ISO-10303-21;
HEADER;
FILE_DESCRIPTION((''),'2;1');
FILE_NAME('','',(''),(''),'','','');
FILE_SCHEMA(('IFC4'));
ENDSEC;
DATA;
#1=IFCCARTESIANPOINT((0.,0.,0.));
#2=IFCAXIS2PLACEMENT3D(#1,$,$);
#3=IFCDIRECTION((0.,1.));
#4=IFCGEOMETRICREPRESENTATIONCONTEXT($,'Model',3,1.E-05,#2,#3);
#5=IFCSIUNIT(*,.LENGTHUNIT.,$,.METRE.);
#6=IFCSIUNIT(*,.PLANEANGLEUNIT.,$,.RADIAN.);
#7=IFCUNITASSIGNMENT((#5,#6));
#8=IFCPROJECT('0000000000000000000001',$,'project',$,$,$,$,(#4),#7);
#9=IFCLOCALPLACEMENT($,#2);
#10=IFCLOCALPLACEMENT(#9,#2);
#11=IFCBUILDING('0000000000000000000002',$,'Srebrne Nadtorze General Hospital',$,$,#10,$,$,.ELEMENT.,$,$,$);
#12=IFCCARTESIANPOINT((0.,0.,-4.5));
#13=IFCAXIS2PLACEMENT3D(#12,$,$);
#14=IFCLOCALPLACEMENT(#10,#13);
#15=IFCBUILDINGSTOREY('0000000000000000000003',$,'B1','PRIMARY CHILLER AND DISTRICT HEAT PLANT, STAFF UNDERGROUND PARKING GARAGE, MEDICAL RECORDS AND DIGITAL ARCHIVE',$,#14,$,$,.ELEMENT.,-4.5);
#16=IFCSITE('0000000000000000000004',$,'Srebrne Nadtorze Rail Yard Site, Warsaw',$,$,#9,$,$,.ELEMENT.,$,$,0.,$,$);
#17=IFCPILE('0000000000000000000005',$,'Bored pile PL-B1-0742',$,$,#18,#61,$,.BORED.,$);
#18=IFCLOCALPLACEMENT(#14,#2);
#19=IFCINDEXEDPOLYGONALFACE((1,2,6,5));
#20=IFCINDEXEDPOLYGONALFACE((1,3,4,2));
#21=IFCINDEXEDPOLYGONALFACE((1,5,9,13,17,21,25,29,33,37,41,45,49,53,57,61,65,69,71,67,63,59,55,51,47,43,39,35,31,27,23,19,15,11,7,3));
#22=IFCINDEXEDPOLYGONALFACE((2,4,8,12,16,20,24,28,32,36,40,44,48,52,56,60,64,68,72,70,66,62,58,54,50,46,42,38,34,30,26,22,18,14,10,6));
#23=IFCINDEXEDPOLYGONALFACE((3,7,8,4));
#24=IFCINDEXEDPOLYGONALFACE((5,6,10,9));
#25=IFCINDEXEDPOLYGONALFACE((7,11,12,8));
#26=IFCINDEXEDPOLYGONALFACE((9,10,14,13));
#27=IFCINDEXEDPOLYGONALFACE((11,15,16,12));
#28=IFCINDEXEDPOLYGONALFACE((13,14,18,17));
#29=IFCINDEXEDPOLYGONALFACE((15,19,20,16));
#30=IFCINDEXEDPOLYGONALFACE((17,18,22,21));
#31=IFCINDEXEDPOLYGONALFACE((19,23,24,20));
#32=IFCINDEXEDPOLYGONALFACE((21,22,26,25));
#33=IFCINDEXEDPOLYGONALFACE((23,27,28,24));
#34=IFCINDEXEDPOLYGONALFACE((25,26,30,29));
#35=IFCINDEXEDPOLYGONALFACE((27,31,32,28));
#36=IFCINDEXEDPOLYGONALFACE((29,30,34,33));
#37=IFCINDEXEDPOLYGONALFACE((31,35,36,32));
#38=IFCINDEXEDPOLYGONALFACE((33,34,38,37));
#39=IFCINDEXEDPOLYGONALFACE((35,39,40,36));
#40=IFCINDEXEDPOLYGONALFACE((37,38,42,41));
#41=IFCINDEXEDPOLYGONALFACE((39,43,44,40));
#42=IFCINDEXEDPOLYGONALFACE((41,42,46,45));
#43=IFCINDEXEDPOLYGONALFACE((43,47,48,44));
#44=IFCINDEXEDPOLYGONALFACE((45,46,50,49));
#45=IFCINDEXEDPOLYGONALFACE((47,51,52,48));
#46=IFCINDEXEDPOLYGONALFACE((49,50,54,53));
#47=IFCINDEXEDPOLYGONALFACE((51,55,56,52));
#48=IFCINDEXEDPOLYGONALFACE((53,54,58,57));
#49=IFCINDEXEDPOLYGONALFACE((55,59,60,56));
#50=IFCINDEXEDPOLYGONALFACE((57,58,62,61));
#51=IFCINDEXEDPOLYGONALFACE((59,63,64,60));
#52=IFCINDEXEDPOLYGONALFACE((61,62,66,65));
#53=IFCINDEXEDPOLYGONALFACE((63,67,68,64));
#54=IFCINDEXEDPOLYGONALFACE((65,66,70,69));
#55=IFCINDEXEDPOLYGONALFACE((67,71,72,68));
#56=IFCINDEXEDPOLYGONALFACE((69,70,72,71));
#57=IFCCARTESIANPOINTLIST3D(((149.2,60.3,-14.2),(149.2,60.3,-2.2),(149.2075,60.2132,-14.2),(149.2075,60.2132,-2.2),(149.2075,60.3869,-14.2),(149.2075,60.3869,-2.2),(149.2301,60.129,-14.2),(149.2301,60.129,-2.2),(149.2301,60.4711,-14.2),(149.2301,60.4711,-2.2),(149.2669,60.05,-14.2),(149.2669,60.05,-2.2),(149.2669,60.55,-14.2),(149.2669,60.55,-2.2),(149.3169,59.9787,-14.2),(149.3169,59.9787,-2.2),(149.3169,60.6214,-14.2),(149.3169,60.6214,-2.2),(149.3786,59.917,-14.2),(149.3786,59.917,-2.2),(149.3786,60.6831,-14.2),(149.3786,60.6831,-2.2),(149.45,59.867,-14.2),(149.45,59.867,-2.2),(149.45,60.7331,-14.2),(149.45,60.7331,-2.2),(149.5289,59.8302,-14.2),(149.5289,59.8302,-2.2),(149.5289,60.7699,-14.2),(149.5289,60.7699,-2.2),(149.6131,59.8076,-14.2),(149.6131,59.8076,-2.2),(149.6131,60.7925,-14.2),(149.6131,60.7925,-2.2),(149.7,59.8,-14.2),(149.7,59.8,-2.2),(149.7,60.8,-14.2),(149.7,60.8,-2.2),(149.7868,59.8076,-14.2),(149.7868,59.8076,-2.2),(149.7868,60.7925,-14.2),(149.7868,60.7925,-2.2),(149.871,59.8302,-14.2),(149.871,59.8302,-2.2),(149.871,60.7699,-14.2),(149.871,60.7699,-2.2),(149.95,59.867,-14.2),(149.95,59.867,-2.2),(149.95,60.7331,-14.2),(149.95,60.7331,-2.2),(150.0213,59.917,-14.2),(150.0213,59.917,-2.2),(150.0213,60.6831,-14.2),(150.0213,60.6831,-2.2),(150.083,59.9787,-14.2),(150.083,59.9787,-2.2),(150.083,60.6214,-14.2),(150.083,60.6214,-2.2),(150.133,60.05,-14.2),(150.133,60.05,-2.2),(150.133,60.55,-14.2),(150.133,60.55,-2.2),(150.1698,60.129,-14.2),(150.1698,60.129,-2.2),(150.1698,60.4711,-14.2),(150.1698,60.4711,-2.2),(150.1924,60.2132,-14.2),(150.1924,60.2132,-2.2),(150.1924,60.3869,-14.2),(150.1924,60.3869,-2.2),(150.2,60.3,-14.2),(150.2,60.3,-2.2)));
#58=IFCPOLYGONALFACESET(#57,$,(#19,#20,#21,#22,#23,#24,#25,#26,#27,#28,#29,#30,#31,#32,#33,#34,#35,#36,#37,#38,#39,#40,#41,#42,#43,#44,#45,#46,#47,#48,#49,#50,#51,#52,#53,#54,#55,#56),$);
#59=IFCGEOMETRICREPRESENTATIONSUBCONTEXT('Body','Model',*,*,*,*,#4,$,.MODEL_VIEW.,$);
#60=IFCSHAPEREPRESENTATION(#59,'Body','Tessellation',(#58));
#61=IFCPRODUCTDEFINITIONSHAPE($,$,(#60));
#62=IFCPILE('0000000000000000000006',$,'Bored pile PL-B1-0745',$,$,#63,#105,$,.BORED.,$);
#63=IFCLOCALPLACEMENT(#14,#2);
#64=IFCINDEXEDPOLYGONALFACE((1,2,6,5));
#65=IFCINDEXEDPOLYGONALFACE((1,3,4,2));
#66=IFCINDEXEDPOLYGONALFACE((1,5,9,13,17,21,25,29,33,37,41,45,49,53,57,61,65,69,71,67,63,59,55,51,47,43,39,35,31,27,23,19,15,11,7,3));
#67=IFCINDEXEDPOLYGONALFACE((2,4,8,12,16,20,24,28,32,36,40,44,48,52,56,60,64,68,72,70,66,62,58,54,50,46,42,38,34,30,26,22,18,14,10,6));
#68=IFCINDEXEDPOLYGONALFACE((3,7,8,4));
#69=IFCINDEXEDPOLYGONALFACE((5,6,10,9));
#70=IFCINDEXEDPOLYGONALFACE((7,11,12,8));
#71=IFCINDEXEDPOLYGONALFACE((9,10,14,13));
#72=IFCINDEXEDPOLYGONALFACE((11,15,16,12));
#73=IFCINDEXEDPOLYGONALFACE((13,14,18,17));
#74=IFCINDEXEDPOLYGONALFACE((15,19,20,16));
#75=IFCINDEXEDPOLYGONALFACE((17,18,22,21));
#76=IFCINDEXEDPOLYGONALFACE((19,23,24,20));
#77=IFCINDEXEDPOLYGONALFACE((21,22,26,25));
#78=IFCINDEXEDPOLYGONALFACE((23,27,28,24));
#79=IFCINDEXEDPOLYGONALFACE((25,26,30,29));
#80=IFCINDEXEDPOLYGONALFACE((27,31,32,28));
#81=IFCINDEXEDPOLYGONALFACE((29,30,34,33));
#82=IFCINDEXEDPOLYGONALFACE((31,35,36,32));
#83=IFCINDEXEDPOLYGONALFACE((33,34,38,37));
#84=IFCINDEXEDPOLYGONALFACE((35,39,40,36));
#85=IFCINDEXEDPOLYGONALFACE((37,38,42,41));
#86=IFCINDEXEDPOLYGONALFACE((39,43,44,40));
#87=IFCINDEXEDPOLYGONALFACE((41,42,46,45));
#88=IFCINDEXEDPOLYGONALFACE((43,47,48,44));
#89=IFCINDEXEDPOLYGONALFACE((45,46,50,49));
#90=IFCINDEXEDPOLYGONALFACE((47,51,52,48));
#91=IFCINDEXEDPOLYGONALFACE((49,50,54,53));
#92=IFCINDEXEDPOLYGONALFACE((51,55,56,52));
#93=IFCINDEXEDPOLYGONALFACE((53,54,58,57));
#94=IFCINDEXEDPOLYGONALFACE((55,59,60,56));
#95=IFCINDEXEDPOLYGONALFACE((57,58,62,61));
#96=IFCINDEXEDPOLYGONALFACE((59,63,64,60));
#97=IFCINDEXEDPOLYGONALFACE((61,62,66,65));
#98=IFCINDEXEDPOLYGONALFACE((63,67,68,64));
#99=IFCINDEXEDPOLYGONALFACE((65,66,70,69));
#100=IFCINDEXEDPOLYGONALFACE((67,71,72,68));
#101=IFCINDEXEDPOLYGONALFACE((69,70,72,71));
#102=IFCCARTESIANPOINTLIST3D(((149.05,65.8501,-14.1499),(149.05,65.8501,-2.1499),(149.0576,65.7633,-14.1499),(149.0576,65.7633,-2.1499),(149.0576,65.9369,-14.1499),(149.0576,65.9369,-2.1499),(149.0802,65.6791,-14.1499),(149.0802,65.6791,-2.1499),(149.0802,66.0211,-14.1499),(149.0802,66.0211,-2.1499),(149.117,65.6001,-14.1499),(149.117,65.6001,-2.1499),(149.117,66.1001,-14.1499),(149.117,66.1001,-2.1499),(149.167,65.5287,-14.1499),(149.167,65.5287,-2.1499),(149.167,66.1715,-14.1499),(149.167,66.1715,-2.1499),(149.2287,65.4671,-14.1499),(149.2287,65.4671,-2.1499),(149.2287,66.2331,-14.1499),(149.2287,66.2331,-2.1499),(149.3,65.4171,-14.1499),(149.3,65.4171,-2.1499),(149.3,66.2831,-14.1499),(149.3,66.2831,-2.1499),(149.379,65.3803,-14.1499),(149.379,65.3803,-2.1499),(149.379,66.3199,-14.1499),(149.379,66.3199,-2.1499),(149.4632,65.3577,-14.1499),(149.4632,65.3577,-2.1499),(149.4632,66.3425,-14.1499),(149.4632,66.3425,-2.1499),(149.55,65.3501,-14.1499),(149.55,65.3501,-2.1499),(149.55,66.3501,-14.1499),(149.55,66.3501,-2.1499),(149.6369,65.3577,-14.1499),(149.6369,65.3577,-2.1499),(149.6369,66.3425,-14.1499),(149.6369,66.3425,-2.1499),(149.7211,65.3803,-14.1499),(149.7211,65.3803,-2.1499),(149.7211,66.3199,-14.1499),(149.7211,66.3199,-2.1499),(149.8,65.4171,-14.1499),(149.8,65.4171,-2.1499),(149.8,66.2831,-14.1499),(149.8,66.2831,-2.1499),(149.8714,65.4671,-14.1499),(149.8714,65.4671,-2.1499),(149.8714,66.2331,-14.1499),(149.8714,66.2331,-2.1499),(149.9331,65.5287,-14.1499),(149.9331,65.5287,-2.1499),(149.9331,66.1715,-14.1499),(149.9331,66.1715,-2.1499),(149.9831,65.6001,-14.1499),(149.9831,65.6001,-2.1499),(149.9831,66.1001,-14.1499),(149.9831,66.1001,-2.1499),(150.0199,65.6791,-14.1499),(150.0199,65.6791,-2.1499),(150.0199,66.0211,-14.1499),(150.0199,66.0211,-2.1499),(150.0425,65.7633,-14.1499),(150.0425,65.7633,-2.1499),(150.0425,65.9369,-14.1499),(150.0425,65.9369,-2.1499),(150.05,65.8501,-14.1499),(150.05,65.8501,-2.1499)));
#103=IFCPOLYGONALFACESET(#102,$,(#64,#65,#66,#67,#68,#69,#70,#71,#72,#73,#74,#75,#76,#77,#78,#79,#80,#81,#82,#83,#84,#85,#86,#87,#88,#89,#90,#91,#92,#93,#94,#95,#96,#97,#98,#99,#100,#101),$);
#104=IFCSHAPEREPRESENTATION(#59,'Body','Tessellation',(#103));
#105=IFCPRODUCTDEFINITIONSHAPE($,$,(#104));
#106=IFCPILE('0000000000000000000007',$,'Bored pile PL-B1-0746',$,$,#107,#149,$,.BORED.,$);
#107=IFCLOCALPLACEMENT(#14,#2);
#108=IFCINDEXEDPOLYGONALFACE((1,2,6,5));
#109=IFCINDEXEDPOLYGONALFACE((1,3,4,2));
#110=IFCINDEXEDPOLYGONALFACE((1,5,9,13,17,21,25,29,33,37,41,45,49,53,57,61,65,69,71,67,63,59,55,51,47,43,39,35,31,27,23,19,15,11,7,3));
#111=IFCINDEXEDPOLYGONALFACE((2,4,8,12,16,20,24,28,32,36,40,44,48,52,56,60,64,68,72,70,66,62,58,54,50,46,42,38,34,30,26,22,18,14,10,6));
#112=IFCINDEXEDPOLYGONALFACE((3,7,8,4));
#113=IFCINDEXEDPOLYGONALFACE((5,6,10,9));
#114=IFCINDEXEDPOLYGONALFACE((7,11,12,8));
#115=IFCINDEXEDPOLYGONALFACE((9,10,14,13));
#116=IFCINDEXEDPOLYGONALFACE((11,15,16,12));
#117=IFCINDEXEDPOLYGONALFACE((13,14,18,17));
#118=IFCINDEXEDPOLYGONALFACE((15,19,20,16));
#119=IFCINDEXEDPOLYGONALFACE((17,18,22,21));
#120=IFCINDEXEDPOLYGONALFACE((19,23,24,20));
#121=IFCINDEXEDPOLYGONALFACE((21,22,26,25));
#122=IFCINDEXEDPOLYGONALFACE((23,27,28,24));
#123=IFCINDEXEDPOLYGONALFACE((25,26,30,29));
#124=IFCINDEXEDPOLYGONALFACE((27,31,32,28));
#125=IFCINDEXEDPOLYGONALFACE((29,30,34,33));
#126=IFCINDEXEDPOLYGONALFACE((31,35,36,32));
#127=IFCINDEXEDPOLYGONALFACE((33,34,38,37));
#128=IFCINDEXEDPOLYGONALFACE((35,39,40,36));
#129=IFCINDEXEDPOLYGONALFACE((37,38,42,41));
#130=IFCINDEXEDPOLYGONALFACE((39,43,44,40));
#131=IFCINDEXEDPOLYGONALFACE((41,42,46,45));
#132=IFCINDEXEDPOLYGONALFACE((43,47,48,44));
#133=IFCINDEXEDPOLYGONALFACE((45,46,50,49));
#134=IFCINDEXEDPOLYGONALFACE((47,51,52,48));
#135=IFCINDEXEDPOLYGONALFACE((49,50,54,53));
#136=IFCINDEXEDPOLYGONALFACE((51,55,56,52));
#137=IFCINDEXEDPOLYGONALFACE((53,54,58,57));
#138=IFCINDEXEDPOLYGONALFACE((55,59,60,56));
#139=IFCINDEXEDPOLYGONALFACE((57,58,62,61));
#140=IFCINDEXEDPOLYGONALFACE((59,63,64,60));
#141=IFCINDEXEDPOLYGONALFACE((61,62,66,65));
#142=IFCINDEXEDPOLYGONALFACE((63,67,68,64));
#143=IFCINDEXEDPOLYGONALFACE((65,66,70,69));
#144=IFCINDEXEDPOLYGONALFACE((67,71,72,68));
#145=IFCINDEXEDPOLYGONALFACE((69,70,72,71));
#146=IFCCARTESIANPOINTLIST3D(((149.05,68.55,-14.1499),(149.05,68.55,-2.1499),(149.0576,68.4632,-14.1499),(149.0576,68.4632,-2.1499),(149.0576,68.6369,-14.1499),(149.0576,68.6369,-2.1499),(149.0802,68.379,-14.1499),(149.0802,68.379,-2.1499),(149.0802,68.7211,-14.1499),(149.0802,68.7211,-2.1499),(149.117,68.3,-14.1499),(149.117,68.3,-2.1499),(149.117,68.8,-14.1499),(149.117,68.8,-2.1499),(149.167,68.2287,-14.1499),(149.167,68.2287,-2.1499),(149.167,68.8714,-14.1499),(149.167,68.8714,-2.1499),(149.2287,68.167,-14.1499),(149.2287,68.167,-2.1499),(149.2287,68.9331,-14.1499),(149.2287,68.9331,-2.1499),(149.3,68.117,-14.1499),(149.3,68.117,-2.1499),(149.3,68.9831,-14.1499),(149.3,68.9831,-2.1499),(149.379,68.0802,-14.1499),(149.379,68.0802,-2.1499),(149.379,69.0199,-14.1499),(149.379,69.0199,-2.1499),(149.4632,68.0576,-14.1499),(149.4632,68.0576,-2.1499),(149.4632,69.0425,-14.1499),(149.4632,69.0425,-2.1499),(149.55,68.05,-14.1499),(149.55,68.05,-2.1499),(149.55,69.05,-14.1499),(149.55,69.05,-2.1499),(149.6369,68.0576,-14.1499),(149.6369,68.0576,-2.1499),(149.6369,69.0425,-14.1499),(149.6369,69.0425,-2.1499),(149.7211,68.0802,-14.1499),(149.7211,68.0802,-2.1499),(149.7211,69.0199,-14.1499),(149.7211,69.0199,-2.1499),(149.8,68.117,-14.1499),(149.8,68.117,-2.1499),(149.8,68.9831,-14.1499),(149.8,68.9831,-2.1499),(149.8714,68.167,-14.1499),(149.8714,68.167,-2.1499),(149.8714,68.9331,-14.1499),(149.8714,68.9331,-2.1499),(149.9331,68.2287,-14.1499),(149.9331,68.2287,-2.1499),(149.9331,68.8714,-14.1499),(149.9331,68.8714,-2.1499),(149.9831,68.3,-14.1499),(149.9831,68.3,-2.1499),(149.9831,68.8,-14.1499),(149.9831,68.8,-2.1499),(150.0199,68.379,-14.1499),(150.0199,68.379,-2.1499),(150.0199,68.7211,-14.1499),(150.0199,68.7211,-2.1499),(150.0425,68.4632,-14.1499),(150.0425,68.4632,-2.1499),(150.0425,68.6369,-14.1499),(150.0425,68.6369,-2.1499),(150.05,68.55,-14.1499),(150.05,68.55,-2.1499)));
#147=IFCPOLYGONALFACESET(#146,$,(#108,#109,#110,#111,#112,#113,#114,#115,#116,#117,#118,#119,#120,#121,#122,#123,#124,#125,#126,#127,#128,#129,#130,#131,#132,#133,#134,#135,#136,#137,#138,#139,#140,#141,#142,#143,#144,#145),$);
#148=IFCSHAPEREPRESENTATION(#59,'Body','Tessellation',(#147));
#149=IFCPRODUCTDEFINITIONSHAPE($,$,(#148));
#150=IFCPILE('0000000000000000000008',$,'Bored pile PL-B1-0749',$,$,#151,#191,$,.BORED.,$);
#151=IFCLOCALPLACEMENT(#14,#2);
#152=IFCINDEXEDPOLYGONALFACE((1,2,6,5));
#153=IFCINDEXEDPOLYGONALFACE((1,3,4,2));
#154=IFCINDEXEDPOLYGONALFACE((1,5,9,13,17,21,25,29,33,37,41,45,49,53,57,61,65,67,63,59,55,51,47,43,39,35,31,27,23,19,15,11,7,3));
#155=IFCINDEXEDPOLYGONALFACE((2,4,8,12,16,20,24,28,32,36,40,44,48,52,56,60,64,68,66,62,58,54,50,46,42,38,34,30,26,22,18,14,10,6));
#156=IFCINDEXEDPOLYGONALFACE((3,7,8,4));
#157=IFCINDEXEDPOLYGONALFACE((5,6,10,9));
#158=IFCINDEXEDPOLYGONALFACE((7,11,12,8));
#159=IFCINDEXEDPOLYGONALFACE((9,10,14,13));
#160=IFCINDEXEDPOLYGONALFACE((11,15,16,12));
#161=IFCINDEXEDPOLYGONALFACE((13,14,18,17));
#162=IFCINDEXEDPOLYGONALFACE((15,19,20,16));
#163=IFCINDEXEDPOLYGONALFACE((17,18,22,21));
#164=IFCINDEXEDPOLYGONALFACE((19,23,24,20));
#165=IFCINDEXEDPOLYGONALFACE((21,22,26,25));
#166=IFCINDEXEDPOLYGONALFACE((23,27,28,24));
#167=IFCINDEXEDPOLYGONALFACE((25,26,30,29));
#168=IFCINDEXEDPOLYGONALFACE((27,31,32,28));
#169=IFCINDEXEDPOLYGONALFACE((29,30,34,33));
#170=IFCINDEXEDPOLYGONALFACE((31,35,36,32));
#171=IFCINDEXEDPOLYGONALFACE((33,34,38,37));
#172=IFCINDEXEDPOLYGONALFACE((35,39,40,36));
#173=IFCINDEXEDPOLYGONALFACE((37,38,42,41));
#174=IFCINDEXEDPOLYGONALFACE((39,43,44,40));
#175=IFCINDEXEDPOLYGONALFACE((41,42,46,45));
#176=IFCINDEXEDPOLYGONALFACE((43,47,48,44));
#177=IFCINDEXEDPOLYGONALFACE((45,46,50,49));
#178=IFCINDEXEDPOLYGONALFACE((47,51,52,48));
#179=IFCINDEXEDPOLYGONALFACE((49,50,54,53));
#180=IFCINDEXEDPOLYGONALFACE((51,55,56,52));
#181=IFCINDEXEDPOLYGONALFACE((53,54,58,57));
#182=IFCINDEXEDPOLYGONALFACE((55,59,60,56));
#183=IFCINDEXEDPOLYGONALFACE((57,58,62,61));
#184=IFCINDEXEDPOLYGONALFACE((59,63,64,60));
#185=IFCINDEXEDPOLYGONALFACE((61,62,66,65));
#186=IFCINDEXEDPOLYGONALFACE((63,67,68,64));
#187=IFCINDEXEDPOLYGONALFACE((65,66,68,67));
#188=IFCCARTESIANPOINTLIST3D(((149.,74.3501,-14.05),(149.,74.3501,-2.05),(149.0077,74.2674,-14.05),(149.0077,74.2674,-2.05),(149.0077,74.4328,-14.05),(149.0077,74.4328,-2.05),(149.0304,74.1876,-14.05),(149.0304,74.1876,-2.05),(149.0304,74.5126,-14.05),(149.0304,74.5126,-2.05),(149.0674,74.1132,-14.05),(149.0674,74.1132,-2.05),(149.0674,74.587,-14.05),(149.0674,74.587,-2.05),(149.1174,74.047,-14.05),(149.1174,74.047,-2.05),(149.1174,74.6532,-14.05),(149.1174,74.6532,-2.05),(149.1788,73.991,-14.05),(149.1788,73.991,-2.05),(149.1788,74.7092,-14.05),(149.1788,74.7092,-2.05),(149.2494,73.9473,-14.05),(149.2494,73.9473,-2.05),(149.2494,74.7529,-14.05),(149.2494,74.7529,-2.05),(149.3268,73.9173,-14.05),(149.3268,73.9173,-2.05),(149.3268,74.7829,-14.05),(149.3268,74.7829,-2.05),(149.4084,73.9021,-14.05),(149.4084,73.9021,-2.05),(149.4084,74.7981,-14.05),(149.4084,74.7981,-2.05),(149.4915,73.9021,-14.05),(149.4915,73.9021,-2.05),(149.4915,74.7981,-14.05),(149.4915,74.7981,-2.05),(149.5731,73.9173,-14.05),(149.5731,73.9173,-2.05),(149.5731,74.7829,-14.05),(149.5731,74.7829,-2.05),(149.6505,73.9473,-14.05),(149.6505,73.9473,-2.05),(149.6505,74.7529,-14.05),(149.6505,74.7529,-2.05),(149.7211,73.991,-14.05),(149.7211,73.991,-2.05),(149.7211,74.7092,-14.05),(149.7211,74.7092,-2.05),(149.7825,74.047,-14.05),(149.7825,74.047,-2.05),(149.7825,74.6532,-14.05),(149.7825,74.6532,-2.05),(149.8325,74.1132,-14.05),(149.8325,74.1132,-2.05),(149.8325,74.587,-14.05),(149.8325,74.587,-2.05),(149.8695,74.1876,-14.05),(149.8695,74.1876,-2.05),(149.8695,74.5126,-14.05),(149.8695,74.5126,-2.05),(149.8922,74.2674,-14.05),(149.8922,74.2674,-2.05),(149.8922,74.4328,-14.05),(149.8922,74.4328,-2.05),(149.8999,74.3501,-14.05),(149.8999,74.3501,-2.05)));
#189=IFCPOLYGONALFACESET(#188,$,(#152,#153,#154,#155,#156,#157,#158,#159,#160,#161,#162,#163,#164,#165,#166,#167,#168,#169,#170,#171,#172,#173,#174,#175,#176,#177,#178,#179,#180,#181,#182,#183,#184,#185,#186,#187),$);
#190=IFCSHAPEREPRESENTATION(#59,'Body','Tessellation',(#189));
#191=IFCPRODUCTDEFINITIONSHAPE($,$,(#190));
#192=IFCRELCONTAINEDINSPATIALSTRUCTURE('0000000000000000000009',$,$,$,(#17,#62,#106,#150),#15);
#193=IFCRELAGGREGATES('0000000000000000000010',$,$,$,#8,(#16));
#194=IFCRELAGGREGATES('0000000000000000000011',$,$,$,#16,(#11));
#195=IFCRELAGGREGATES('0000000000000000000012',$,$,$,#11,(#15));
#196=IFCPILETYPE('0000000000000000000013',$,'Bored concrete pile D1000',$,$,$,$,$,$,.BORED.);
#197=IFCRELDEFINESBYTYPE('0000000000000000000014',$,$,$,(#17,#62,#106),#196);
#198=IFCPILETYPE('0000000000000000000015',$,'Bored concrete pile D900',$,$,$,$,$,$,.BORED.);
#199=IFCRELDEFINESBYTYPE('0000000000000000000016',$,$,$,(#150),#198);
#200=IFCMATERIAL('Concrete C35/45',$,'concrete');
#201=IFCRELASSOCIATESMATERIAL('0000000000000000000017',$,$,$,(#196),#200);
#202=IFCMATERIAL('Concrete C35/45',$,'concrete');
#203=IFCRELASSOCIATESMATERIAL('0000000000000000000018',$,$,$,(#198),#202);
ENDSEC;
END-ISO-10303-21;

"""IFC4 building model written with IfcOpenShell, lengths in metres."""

from ifc_helpers import new_model, si_unit, direction, frame, origin, origin_2d, place, context, subcontext, project, spatial, circle, extrude, material, material_profile, profile_set, type_object, element, save


model = new_model("IFC4")

# Units and contexts
model_context = context("Model", 3, precision=1e-05, world=origin(), true_north=direction((0.0, 1.0)))
body_context = subcontext(model_context, "Body", "Model", "MODEL_VIEW")
ifc_project = project(units=[si_unit("LENGTHUNIT", "METRE"), si_unit("PLANEANGLEUNIT", "RADIAN")], contexts=[model_context])

# Site, building, storey
site_placement = place(None, origin())
site = spatial("IfcSite", under=ifc_project, at=site_placement, Name="Srebrne Nadtorze Rail Yard Site, Warsaw", CompositionType="ELEMENT", RefElevation=0.0)
building_placement = place(site_placement, origin())
building = spatial("IfcBuilding", under=site, at=building_placement, Name="Srebrne Nadtorze General Hospital", CompositionType="ELEMENT")
storey_placement = place(building_placement, frame((0.0, 0.0, -4.5)))
storey = spatial("IfcBuildingStorey", under=building, at=storey_placement, Name="B1", Description="PRIMARY CHILLER AND DISTRICT HEAT PLANT, STAFF UNDERGROUND PARKING GARAGE, MEDICAL RECORDS AND DIGITAL ARCHIVE", CompositionType="ELEMENT", Elevation=-4.5)

# Piles
ifc_material_1 = material(Name="Concrete C35/45", Category="concrete")
ifc_material_profile_1 = material_profile(ifc_material_1, circle(Radius=0.5, at=origin_2d()), Name="PILE-D1000")
ifc_profile_set_1 = profile_set([ifc_material_profile_1], Name="Concrete C35/45")
pile_type_1 = type_object("IfcPileType", Name="Bored concrete pile D1000", PredefinedType="BORED", material=ifc_profile_set_1)
for number, where, z_axis, x_axis, name in (
    (1, (149.7, 60.3, -2.2), (0.0, 0.0, -1.0), (1.0, 0.0, 0.0), "Bored pile PL-B1-0742"),
    (2, (149.55, 65.8501, -2.1499), (0.0, 0.0, -1.0), (1.0, 0.0, 0.0), "Bored pile PL-B1-0745"),
    (3, (149.55, 68.55, -2.1499), (0.0, 0.0, -1.0), (1.0, 0.0, 0.0), "Bored pile PL-B1-0746"),
):
    element("IfcPile", number, at=place(storey_placement, frame(where, z_axis=z_axis, x_axis=x_axis)), inside=storey, type_object=pile_type_1, Name=name, PredefinedType="BORED", context=body_context, shape_type="SweptSolid", body=[
        extrude(circle(Radius=0.5, at=origin_2d()), origin(), (0.0, 0.0, 1.0), 12.0),
    ])
ifc_material_2 = material(Name="Concrete C35/45", Category="concrete")
ifc_material_profile_2 = material_profile(ifc_material_2, circle(Radius=0.45, at=origin_2d()), Name="PILE-D900")
ifc_profile_set_2 = profile_set([ifc_material_profile_2], Name="Concrete C35/45")
pile_type_2 = type_object("IfcPileType", Name="Bored concrete pile D900", PredefinedType="BORED", material=ifc_profile_set_2)
for number, where, z_axis, x_axis, name in (
    (4, (149.45, 74.3501, -2.05), (0.0, 0.0, -1.0), (1.0, 0.0, 0.0), "Bored pile PL-B1-0749"),
):
    element("IfcPile", number, at=place(storey_placement, frame(where, z_axis=z_axis, x_axis=x_axis)), inside=storey, type_object=pile_type_2, Name=name, PredefinedType="BORED", context=body_context, shape_type="SweptSolid", body=[
        extrude(circle(Radius=0.45, at=origin_2d()), origin(), (0.0, 0.0, 1.0), 12.0),
    ])

save(model, "model.ifc")
